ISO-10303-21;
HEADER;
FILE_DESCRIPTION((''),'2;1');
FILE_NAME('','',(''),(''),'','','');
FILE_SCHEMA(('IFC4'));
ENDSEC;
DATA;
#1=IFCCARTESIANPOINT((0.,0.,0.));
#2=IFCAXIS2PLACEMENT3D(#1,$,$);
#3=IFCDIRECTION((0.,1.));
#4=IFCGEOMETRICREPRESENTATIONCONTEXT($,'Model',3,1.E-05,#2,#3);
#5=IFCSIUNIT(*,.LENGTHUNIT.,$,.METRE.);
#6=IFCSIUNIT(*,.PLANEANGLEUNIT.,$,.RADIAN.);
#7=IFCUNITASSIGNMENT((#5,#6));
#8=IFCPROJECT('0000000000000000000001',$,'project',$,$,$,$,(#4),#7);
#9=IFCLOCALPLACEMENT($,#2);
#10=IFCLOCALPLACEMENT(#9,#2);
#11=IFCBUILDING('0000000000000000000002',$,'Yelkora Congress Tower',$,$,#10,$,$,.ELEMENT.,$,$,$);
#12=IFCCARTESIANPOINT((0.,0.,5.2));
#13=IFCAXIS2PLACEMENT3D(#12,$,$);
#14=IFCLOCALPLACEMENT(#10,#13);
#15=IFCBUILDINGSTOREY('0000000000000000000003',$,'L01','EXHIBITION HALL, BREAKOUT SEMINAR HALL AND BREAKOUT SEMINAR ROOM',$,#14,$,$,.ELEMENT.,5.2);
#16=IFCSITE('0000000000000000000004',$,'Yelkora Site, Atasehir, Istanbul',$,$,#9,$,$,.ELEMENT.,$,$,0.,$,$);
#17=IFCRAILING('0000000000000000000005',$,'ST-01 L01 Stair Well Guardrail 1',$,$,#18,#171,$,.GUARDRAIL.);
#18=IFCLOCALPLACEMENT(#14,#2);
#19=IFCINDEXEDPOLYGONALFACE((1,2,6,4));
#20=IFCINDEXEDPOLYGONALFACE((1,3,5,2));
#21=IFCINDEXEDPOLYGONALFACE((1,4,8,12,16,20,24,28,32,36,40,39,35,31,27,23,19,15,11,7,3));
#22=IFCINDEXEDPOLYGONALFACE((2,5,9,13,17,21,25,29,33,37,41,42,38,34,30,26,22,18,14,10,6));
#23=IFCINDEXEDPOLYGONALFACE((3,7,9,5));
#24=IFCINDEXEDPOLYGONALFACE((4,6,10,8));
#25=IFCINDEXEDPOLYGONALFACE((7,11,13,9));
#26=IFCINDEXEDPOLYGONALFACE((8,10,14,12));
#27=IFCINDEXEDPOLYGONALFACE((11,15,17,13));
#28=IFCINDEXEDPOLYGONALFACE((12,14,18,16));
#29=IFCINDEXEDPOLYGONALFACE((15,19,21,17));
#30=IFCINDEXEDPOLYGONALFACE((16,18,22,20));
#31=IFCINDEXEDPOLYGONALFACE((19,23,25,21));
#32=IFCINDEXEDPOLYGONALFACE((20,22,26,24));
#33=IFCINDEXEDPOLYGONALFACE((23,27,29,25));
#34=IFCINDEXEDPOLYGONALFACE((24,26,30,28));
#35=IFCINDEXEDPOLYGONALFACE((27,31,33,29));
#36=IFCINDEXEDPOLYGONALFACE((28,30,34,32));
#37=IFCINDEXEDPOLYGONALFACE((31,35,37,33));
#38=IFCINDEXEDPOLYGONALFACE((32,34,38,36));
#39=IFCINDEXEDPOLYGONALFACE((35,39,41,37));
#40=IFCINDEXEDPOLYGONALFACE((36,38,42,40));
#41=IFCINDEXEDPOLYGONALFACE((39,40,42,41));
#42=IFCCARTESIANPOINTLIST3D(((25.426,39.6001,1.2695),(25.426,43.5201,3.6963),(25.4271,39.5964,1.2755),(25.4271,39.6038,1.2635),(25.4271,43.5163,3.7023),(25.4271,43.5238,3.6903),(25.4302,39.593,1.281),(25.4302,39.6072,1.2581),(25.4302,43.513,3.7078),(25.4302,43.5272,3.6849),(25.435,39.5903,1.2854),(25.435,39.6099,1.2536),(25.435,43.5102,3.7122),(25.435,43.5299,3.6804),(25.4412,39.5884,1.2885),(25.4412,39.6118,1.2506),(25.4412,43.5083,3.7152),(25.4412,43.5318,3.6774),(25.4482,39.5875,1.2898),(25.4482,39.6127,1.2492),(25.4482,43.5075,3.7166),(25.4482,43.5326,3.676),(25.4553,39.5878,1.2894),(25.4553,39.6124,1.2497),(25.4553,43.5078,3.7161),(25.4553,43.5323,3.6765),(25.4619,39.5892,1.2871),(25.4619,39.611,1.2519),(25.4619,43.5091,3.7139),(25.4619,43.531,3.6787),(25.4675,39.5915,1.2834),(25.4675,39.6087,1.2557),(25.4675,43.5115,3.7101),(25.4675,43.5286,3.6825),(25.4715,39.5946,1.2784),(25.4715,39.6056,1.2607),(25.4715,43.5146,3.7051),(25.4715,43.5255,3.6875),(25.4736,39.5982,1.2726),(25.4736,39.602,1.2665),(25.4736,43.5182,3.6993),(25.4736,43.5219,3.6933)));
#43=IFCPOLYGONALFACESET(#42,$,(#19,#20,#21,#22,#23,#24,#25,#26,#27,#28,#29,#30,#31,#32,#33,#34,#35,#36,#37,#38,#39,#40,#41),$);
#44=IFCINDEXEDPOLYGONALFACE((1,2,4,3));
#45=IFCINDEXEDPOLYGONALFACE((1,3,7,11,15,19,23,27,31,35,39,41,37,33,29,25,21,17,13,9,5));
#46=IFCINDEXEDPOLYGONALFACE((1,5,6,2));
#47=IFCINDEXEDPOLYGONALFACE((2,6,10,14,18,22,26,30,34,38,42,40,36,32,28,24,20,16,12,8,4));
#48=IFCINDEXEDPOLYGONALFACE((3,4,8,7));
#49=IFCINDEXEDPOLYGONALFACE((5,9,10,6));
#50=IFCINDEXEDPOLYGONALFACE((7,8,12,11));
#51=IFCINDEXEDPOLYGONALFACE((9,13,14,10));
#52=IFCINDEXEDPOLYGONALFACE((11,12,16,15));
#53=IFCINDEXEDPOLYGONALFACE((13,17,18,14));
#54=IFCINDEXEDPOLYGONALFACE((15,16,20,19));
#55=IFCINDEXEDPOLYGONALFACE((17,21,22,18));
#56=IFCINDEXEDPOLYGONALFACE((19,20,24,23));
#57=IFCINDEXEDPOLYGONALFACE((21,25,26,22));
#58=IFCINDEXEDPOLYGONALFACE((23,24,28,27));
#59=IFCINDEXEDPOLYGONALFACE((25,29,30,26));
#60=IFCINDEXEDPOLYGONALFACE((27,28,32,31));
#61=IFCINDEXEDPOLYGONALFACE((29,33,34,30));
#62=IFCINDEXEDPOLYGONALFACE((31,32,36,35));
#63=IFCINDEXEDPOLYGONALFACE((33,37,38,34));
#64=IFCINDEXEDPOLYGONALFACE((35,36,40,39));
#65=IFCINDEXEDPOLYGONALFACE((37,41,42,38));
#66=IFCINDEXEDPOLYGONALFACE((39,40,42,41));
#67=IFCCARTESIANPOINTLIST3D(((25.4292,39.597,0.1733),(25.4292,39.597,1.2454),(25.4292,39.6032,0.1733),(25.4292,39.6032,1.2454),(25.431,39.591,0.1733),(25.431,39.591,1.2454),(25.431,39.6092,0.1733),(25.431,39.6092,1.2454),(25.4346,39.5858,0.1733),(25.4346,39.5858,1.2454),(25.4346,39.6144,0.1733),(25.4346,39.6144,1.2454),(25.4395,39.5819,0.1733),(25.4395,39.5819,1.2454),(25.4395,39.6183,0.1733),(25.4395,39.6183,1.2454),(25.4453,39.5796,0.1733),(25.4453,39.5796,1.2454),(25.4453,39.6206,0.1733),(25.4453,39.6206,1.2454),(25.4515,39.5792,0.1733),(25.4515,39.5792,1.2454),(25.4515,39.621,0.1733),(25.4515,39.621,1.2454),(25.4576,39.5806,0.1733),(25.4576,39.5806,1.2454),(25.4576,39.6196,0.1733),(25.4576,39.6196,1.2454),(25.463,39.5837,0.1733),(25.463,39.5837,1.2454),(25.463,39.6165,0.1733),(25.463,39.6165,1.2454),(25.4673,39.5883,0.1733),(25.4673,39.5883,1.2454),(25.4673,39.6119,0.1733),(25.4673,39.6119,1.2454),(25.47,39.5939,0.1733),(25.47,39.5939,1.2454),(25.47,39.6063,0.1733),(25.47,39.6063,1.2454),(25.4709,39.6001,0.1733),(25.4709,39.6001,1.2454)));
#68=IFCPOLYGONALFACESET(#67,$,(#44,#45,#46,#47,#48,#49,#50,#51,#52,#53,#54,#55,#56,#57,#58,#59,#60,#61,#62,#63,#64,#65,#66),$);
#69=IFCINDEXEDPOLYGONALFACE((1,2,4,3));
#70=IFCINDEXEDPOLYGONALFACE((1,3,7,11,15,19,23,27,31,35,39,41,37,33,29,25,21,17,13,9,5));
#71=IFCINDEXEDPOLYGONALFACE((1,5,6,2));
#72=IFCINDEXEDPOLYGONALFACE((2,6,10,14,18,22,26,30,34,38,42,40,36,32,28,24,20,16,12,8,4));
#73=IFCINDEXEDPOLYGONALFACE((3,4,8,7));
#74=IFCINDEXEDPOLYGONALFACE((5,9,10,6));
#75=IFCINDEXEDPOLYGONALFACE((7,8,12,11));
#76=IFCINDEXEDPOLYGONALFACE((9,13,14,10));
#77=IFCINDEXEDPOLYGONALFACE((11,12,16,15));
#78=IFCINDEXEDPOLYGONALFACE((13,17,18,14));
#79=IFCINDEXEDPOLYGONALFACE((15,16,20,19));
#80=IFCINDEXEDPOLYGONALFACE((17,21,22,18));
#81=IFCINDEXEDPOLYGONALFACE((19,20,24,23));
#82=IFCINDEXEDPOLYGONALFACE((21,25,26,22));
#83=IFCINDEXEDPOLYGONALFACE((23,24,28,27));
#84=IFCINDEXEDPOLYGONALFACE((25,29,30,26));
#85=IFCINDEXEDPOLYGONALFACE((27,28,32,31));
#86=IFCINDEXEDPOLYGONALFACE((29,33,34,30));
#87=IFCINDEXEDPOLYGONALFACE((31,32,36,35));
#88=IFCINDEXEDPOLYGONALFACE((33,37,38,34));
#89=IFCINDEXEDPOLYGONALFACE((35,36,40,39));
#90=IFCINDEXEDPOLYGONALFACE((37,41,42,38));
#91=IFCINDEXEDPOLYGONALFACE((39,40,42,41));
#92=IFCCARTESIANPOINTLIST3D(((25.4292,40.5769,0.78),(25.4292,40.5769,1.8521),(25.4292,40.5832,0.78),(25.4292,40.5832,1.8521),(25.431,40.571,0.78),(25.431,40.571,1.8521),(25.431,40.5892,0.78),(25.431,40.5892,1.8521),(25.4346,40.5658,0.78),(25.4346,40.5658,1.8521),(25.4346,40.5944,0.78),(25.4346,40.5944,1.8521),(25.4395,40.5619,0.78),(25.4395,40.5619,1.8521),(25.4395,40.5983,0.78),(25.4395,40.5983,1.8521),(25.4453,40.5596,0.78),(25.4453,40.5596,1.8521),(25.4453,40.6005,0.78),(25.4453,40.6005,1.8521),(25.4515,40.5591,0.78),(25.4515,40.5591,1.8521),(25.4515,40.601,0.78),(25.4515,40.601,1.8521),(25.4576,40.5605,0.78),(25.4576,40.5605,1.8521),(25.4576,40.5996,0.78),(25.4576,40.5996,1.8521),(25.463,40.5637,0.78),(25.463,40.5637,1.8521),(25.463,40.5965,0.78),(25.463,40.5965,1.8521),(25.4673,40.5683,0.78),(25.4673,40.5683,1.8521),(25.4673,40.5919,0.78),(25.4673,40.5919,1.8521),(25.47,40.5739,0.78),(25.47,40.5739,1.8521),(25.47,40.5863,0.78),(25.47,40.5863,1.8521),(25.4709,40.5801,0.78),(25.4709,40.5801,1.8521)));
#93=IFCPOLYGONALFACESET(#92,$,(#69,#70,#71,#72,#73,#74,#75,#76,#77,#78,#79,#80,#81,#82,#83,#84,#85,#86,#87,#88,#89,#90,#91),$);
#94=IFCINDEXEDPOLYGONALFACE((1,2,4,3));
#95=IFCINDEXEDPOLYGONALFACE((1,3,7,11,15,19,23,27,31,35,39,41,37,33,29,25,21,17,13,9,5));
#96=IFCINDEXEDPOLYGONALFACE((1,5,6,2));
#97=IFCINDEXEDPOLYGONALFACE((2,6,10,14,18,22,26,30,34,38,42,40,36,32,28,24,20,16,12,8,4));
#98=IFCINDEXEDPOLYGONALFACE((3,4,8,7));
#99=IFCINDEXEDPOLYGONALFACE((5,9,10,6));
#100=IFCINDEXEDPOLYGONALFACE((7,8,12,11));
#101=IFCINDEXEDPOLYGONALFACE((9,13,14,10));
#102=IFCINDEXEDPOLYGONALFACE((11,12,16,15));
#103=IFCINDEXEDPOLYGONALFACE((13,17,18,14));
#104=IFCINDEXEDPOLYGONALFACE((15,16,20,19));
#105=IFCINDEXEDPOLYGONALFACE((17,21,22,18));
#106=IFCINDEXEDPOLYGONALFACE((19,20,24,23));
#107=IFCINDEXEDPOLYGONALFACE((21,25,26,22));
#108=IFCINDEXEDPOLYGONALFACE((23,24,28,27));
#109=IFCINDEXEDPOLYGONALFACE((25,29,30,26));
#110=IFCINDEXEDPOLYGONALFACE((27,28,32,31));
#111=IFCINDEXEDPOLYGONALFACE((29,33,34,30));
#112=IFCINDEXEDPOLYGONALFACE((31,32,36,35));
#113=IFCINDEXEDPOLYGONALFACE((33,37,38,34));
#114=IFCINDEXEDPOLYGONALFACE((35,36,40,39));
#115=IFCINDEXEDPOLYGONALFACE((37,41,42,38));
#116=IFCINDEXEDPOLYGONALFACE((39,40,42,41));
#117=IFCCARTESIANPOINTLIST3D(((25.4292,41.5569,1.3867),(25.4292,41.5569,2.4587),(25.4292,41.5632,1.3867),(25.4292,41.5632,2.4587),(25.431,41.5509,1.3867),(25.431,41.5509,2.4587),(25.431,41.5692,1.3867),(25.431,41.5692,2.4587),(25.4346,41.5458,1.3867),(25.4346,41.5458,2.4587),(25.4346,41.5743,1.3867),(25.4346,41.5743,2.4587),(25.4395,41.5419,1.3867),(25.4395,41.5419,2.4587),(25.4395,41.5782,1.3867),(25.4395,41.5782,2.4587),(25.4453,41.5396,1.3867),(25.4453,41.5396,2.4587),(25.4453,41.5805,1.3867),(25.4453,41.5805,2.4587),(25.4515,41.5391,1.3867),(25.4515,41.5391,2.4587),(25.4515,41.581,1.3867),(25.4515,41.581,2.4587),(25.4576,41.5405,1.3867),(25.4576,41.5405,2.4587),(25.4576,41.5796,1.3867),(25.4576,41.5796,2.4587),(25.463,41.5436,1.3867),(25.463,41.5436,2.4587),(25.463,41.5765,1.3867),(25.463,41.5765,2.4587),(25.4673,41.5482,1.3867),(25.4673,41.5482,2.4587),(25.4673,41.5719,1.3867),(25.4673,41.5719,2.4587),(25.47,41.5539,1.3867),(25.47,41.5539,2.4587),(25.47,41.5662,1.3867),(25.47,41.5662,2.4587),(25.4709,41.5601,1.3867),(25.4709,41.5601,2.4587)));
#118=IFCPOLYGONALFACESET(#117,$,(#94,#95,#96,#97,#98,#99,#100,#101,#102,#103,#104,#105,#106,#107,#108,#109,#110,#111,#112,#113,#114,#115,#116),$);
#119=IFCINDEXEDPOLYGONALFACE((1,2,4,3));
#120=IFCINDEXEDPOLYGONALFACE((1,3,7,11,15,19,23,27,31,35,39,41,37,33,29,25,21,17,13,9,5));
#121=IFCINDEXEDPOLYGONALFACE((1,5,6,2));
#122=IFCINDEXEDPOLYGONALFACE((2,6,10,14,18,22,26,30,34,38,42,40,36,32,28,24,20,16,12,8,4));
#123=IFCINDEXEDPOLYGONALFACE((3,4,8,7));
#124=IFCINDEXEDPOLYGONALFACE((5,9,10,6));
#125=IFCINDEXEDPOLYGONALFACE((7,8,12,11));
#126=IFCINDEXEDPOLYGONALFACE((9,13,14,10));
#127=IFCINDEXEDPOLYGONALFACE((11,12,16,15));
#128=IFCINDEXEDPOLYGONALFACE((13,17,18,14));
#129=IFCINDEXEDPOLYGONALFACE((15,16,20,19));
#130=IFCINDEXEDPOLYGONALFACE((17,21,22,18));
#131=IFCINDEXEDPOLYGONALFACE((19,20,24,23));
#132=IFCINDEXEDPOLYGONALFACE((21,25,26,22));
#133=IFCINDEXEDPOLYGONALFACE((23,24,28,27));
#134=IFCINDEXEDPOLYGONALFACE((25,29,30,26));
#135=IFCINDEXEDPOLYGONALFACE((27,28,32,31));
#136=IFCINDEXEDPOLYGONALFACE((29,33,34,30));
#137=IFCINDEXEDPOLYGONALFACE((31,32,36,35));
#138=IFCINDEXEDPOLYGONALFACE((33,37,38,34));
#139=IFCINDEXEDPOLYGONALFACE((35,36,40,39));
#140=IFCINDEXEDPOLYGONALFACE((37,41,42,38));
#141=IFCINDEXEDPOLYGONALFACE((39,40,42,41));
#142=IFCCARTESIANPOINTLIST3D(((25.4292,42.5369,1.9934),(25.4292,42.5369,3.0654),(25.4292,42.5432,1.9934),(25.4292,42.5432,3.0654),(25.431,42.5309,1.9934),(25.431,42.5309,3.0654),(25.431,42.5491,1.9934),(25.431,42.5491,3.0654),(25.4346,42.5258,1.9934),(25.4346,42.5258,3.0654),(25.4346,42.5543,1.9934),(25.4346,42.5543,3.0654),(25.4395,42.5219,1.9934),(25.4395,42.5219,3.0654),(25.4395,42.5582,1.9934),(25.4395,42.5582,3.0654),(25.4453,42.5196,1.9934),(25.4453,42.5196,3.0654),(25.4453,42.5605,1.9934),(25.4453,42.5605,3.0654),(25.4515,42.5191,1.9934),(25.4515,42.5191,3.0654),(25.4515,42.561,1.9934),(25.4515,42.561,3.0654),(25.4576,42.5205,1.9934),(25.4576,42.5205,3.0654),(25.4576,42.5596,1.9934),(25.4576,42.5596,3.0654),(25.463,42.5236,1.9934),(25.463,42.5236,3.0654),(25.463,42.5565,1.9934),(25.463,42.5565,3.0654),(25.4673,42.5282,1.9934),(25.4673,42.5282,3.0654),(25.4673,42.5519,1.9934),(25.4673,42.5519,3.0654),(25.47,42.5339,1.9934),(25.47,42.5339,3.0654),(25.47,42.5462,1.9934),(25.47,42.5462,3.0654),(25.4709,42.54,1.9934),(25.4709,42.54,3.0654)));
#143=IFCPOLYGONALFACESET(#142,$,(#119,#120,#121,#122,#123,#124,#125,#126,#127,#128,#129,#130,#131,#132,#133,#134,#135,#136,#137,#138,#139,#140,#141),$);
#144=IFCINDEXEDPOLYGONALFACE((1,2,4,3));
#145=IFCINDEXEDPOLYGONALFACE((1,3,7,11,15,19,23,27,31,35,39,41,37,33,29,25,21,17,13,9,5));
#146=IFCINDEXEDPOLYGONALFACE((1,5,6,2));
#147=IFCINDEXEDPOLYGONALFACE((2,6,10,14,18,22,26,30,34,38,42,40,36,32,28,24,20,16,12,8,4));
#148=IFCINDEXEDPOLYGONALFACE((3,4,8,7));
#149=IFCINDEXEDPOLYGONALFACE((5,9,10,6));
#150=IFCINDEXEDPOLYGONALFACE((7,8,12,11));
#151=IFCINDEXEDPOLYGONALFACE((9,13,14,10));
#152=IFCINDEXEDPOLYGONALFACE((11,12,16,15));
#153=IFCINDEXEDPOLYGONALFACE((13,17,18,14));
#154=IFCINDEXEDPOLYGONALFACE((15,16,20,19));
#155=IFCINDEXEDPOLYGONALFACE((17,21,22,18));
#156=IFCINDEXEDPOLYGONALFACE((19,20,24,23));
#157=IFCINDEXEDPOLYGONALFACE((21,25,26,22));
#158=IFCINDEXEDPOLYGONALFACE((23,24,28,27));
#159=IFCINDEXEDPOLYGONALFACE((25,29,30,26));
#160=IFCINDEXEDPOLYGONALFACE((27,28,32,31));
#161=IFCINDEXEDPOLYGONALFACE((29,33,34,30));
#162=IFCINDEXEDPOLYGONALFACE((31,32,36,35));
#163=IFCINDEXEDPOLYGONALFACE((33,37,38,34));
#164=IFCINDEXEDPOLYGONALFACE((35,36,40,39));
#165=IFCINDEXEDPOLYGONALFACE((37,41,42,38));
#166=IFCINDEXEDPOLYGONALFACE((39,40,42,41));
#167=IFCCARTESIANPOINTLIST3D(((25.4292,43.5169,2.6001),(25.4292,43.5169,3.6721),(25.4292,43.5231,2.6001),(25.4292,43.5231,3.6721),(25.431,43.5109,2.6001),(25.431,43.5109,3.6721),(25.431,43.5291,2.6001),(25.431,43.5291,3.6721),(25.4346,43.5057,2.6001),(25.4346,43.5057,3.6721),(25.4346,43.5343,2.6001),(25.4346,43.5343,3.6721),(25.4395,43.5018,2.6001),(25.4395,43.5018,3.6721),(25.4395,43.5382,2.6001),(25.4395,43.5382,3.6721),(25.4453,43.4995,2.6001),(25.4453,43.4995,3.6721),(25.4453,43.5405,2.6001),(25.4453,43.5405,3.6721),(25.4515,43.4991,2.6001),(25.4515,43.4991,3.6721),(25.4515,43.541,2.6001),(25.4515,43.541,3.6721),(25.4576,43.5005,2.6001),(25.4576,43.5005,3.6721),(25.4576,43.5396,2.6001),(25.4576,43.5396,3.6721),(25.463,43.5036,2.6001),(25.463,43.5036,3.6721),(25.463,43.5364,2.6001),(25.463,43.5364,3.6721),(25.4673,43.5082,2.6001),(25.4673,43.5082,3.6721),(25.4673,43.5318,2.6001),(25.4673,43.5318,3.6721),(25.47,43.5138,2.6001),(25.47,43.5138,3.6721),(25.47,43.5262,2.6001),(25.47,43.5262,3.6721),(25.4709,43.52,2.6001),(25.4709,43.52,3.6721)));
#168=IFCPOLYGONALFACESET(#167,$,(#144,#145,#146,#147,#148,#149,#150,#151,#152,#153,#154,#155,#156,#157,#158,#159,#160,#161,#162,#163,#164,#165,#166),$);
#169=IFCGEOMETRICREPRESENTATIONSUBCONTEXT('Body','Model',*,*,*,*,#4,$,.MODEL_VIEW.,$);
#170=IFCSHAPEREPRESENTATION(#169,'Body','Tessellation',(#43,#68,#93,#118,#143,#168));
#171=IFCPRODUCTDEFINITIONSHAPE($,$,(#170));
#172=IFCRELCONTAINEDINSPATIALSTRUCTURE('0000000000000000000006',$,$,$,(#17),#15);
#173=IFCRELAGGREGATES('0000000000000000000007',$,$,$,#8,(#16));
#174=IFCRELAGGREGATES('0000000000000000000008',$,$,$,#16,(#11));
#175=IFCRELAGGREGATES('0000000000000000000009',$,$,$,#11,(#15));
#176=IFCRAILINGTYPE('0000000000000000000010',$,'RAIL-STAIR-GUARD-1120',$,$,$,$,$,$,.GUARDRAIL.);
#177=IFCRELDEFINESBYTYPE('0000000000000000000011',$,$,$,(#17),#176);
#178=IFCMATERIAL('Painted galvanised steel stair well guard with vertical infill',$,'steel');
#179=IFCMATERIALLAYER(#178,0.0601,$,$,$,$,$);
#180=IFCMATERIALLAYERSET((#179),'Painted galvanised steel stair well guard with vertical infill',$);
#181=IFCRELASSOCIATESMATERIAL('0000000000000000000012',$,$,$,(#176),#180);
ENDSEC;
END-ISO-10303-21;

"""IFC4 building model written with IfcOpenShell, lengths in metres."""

from ifc_helpers import new_model, si_unit, direction, frame, origin, origin_2d, place, context, subcontext, project, spatial, circle, extrude, material, layer, layer_set, type_object, element, save


model = new_model("IFC4")

# Units and contexts
model_context = context("Model", 3, precision=1e-05, world=origin(), true_north=direction((0.0, 1.0)))
body_context = subcontext(model_context, "Body", "Model", "MODEL_VIEW")
ifc_project = project(units=[si_unit("LENGTHUNIT", "METRE"), si_unit("PLANEANGLEUNIT", "RADIAN")], contexts=[model_context])

# Site, building, storey
site_placement = place(None, origin())
site = spatial("IfcSite", under=ifc_project, at=site_placement, Name="Yelkora Site, Atasehir, Istanbul", CompositionType="ELEMENT", RefElevation=0.0)
building_placement = place(site_placement, origin())
building = spatial("IfcBuilding", under=site, at=building_placement, Name="Yelkora Congress Tower", CompositionType="ELEMENT")
storey_placement = place(building_placement, frame((0.0, 0.0, 5.2)))
storey = spatial("IfcBuildingStorey", under=building, at=storey_placement, Name="L01", Description="EXHIBITION HALL, BREAKOUT SEMINAR HALL AND BREAKOUT SEMINAR ROOM", CompositionType="ELEMENT", Elevation=5.2)

# Railing
ifc_material_1 = material(Name="Painted galvanised steel stair well guard with vertical infill", Category="steel")
ifc_layer_1 = layer(ifc_material_1, 0.0601)
ifc_layer_set_1 = layer_set([ifc_layer_1], Name="Painted galvanised steel stair well guard with vertical infill")
railing_type_1 = type_object("IfcRailingType", Name="RAIL-STAIR-GUARD-1120", PredefinedType="GUARDRAIL", material=ifc_layer_set_1)
railing_1_placement = place(storey_placement, frame((25.45, 39.6001, 0.1733)))
element("IfcRailing", 1, at=railing_1_placement, inside=storey, type_object=railing_type_1, Name="ST-01 L01 Stair Well Guardrail 1", PredefinedType="GUARDRAIL", context=body_context, shape_type="SweptSolid", body=[
    extrude(circle(Radius=0.0239, at=origin_2d()), frame((0.0, 0.0, 1.0962), z_axis=(0.0, 0.850252, 0.526376), x_axis=(-1.0, 0.0, 0.0)), (0.0, 0.0, 1.0), 4.6104),
    extrude(circle(Radius=0.021, at=origin_2d()), origin(), (0.0, 0.0, 1.0), 1.072),
    extrude(circle(Radius=0.021, at=origin_2d()), frame((0.0, 0.98, 0.6067)), (0.0, 0.0, 1.0), 1.072),
    extrude(circle(Radius=0.021, at=origin_2d()), frame((0.0, 1.96, 1.2134)), (0.0, 0.0, 1.0), 1.072),
    extrude(circle(Radius=0.021, at=origin_2d()), frame((0.0, 2.9399, 1.8201)), (0.0, 0.0, 1.0), 1.072),
    extrude(circle(Radius=0.021, at=origin_2d()), frame((0.0, 3.9199, 2.4268)), (0.0, 0.0, 1.0), 1.072),
])

save(model, "model.ifc")
